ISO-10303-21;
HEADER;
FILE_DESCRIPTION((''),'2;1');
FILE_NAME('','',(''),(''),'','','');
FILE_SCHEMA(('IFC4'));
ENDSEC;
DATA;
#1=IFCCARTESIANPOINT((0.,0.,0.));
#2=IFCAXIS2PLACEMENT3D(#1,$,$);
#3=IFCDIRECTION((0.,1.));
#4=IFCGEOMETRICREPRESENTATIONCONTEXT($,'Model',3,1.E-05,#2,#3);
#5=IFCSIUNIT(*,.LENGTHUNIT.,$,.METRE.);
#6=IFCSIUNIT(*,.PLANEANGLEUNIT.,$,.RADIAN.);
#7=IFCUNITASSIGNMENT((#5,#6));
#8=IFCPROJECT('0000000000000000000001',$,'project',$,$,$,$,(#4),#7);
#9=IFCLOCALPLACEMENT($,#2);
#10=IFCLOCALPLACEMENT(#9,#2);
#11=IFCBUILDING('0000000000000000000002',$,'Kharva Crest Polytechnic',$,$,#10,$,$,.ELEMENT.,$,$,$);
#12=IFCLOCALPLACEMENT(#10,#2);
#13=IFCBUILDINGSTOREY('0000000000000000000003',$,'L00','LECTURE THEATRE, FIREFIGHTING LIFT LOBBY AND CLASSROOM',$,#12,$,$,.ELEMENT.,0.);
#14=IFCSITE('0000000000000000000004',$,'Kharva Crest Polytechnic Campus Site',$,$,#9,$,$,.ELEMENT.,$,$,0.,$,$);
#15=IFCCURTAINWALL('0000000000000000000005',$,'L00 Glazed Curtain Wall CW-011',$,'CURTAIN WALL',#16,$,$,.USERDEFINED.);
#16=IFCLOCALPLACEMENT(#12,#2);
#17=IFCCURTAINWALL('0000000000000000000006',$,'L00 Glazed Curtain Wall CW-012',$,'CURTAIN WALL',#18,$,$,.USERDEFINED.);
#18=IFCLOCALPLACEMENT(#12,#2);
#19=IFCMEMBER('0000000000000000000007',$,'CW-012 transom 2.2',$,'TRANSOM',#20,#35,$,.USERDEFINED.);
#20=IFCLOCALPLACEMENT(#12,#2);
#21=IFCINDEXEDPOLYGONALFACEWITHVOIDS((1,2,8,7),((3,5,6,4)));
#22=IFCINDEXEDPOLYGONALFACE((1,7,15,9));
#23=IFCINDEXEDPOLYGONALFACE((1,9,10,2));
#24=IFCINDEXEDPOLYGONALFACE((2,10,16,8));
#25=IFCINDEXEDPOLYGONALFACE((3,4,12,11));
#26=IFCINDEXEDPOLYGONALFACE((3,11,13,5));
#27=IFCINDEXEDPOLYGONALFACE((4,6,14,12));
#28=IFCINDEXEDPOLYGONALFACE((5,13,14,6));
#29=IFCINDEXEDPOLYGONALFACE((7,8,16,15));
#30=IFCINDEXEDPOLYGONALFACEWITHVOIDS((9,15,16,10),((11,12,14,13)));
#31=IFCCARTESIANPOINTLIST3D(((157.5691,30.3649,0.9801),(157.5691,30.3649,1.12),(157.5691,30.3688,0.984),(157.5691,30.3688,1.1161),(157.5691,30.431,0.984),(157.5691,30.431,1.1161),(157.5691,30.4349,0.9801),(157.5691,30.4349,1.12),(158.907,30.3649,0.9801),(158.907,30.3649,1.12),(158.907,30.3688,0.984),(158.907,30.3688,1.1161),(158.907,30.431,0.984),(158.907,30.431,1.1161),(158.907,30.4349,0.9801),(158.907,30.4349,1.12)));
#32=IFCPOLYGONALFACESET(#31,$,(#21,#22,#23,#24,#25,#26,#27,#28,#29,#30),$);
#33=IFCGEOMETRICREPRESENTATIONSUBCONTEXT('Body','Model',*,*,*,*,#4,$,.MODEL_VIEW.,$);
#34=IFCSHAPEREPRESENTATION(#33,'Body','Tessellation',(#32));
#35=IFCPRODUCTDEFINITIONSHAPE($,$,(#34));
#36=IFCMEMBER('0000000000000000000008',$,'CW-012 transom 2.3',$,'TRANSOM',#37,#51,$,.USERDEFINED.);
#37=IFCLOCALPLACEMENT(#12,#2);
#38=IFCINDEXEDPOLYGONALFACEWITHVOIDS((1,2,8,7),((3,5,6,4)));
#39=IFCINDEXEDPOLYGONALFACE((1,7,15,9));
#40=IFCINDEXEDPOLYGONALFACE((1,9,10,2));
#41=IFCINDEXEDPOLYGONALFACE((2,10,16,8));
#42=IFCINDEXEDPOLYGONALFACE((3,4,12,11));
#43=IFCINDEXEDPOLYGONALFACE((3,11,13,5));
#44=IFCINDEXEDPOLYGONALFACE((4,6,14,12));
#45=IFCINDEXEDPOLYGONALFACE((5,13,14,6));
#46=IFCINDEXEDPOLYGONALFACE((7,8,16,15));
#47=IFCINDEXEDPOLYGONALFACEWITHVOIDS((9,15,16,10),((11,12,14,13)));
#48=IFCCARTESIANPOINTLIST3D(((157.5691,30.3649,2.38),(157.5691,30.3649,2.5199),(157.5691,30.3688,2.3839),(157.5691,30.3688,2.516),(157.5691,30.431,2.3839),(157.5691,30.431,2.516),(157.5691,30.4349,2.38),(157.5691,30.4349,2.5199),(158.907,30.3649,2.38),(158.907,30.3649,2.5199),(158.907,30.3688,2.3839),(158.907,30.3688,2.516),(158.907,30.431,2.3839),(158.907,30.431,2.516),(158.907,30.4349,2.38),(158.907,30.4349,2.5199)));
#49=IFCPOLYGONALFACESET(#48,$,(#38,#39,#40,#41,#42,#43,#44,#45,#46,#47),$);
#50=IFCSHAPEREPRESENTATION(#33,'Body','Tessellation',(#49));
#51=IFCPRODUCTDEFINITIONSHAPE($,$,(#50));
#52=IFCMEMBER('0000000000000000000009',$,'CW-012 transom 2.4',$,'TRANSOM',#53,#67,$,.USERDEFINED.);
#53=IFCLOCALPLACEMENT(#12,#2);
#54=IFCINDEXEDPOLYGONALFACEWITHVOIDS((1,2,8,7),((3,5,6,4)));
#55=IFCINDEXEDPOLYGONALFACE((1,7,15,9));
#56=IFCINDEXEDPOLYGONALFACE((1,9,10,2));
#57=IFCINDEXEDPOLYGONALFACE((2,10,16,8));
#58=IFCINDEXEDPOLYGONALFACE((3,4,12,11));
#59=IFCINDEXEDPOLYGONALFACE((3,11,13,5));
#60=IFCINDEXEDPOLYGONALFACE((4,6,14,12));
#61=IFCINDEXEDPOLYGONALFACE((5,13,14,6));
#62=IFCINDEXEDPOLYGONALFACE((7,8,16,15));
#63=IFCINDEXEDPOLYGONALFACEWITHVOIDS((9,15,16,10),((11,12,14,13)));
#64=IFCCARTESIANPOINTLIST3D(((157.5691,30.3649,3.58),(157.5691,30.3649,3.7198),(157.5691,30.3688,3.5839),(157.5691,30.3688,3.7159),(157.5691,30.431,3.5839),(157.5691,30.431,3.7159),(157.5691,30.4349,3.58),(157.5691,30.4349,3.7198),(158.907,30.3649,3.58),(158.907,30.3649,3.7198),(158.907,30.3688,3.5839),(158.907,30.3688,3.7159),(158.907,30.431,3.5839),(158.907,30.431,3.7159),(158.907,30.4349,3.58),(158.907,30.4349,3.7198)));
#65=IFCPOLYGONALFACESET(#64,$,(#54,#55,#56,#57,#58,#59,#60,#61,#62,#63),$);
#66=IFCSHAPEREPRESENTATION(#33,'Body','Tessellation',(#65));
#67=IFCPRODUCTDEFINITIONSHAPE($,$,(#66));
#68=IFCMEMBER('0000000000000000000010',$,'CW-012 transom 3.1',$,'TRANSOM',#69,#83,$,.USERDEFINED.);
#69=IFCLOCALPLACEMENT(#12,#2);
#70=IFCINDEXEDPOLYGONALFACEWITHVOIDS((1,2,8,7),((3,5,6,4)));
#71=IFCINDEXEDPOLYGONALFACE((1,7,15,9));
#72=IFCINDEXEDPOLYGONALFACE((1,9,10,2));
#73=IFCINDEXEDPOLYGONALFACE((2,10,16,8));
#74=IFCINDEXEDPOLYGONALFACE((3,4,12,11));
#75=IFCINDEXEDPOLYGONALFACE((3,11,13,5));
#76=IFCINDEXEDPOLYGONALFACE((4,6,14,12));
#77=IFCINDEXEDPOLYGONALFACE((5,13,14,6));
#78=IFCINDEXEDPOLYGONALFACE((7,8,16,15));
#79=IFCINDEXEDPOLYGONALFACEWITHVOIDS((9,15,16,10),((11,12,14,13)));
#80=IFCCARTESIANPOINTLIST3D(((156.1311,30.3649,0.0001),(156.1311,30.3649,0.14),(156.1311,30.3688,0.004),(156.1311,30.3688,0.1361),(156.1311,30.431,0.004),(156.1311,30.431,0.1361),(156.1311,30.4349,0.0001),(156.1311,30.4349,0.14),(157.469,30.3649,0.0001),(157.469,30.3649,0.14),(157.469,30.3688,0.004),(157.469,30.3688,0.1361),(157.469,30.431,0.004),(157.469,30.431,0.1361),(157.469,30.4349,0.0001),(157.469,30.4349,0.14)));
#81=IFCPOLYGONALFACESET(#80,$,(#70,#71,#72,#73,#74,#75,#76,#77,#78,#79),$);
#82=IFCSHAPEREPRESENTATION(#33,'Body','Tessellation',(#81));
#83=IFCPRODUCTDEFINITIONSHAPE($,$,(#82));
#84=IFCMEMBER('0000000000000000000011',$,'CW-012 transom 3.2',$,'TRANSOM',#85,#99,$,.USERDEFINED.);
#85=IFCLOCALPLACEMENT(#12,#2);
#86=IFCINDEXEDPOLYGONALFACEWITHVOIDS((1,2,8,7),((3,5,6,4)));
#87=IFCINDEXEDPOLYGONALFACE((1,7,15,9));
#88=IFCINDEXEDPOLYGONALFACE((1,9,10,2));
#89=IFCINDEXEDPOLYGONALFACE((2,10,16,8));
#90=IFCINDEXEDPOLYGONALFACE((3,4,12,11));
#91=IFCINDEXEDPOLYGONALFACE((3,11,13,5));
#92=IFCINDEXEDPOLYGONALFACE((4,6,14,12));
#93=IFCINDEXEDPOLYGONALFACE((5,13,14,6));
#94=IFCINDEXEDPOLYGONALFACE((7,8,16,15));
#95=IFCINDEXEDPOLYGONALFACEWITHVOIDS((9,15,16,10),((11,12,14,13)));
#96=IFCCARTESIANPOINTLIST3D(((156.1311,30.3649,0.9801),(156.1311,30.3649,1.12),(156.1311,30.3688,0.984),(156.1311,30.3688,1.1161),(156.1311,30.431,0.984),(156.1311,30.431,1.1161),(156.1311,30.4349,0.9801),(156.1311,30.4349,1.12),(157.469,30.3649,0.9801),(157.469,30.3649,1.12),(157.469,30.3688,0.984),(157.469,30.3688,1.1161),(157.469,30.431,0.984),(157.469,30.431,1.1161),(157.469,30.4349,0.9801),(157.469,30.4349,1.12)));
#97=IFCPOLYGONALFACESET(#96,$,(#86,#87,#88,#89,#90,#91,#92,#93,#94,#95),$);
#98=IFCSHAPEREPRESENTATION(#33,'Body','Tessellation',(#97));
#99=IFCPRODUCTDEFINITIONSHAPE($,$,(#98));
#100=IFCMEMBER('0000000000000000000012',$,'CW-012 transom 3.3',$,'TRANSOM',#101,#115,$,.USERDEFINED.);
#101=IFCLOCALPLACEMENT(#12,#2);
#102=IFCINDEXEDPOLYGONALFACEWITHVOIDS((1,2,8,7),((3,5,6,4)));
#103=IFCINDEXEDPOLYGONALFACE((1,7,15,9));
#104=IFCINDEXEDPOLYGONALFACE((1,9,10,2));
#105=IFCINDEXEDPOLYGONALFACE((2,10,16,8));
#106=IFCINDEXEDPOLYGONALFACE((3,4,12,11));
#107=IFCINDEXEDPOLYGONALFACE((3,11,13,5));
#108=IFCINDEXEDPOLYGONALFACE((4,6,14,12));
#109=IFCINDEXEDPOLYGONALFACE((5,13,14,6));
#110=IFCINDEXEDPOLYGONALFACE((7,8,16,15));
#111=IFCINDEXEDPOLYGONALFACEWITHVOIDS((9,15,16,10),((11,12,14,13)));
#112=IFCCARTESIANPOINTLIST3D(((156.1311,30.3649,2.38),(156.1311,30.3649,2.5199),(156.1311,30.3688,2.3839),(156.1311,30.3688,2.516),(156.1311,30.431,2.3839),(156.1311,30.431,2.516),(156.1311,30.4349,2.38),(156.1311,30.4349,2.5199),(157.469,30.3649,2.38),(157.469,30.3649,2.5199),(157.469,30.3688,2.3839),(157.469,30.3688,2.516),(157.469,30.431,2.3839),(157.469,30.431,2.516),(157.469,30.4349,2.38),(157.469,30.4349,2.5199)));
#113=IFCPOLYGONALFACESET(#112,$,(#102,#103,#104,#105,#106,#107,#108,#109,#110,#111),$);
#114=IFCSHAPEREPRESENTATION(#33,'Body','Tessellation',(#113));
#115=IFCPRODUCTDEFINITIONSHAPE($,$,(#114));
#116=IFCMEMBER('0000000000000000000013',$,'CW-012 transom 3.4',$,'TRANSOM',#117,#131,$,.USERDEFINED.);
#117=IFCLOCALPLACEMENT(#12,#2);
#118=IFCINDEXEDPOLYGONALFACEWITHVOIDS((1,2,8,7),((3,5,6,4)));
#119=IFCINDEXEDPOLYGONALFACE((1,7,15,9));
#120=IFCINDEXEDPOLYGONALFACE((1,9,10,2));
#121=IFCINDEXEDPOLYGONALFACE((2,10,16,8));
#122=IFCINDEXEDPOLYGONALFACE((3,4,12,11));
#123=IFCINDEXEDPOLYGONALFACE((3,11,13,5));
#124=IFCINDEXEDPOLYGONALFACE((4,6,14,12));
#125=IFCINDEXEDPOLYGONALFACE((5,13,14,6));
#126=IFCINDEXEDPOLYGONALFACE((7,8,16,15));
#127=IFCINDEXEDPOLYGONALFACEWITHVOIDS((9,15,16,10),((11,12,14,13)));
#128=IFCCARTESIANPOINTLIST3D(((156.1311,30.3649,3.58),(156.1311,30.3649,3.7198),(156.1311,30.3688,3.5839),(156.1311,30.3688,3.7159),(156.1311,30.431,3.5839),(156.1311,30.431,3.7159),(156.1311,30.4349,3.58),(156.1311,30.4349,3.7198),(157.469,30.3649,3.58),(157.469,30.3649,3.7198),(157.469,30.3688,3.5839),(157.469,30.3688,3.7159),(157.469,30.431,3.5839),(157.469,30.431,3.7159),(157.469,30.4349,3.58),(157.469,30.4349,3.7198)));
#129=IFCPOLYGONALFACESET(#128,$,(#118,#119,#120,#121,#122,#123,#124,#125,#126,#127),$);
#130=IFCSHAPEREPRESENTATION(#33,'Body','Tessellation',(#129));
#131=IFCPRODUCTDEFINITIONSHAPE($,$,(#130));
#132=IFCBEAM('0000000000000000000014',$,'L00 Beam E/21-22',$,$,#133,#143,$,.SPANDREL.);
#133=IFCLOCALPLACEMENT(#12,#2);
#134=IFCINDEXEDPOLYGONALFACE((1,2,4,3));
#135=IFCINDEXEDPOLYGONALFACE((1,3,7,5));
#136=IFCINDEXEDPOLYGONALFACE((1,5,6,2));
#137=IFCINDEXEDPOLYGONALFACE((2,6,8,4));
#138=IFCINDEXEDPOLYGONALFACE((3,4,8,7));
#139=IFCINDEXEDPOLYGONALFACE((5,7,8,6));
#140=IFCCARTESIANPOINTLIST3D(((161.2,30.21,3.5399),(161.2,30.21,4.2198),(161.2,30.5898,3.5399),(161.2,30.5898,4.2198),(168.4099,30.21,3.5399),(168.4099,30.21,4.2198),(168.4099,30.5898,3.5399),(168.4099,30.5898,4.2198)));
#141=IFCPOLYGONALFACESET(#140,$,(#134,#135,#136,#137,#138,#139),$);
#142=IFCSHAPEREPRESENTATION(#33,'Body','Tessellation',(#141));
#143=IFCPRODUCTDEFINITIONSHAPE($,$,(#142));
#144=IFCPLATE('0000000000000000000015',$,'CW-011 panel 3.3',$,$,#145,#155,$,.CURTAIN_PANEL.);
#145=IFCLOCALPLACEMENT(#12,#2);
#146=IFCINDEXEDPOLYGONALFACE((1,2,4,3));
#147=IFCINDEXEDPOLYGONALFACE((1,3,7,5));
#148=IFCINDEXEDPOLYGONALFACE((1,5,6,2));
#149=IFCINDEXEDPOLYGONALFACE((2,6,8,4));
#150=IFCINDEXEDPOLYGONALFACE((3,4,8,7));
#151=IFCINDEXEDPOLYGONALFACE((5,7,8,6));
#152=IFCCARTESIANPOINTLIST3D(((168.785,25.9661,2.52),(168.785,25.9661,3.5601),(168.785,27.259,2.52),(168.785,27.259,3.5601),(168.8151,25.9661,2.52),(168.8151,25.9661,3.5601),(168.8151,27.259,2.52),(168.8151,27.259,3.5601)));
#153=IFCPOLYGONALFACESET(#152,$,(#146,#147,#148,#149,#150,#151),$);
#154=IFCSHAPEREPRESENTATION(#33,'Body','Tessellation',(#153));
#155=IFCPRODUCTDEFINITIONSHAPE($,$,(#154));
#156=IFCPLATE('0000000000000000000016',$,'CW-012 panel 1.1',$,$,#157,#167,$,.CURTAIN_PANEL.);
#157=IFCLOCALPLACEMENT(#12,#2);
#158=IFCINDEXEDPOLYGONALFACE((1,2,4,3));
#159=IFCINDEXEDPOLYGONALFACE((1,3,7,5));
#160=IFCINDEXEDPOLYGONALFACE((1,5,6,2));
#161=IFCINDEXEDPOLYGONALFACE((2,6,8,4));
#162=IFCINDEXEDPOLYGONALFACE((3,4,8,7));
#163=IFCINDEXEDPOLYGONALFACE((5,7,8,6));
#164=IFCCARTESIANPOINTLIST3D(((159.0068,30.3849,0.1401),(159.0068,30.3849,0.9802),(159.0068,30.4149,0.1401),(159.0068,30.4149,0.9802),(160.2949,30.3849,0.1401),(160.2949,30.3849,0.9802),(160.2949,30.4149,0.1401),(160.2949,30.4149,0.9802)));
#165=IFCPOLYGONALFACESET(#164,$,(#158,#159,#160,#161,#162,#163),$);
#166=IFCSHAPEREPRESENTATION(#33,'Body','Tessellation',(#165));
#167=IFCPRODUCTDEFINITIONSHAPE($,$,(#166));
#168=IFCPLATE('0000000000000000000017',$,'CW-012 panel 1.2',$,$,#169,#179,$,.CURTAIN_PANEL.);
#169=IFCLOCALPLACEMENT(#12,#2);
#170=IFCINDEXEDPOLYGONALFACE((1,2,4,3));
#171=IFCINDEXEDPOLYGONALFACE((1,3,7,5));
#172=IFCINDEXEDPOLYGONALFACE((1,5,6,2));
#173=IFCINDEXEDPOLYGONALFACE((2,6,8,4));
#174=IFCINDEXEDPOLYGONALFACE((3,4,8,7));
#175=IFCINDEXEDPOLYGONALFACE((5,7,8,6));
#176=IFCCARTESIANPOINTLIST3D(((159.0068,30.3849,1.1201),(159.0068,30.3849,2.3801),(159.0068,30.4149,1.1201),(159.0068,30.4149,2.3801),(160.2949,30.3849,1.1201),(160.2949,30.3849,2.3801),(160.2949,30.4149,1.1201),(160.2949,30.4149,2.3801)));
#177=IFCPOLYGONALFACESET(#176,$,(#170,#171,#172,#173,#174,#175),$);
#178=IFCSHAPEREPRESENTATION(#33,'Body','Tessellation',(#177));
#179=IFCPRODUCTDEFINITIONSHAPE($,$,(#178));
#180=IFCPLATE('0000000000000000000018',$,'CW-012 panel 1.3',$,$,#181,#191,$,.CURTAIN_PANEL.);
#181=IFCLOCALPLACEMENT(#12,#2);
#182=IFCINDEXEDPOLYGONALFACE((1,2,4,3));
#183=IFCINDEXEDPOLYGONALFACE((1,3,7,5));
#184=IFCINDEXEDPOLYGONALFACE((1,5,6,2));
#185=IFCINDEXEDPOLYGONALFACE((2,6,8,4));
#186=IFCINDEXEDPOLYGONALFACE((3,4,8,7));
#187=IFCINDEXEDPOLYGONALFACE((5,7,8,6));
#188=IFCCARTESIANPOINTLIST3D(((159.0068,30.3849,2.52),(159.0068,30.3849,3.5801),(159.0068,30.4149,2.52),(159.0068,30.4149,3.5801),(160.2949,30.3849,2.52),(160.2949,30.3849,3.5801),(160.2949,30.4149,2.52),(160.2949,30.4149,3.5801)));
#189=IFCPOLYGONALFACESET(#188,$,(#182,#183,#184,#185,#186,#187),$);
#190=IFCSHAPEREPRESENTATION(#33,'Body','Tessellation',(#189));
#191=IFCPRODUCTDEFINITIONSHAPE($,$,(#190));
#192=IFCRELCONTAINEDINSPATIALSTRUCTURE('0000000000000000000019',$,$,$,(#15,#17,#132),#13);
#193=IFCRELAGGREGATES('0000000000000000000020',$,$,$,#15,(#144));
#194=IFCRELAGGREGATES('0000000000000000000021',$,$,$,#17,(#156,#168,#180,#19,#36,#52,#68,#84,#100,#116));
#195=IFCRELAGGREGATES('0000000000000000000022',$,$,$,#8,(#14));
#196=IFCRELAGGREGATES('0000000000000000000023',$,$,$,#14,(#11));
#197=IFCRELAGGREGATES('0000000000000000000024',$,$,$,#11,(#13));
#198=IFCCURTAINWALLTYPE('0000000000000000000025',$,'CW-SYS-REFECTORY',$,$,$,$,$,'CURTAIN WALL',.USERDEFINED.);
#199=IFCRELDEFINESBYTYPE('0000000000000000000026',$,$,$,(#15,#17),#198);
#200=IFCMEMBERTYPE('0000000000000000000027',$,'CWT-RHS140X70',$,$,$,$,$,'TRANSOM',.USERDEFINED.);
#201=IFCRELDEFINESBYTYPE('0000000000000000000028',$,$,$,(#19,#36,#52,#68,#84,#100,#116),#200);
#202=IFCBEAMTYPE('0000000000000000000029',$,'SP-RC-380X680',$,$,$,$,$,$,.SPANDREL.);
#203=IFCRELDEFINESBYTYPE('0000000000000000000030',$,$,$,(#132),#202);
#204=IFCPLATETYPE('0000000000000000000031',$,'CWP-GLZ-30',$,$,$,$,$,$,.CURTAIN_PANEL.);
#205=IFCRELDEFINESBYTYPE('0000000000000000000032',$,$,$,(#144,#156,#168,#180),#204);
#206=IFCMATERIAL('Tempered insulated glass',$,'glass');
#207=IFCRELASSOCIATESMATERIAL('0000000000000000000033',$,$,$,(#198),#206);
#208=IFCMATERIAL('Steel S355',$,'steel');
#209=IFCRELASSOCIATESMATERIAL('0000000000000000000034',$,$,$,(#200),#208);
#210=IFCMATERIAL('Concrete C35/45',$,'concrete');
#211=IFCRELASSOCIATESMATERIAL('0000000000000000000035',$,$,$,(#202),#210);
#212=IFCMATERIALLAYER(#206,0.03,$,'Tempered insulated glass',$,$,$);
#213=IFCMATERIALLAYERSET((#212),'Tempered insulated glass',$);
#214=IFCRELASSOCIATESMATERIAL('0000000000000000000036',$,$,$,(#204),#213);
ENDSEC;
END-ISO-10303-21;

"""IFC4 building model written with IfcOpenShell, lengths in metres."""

from ifc_helpers import new_model, si_unit, direction, frame, origin, origin_2d, place, context, subcontext, project, spatial, rectangle, hollow_rectangle, extrude, material, layer, layer_set, material_profile, profile_set, type_object, element, aggregate, save


model = new_model("IFC4")

# Units and contexts
model_context = context("Model", 3, precision=1e-05, world=origin(), true_north=direction((0.0, 1.0)))
body_context = subcontext(model_context, "Body", "Model", "MODEL_VIEW")
ifc_project = project(units=[si_unit("LENGTHUNIT", "METRE"), si_unit("PLANEANGLEUNIT", "RADIAN")], contexts=[model_context])

# Site, building, storey
site_placement = place(None, origin())
site = spatial("IfcSite", under=ifc_project, at=site_placement, Name="Kharva Crest Polytechnic Campus Site", CompositionType="ELEMENT", RefElevation=0.0)
building_placement = place(site_placement, origin())
building = spatial("IfcBuilding", under=site, at=building_placement, Name="Kharva Crest Polytechnic", CompositionType="ELEMENT")
storey_placement = place(building_placement, origin())
storey = spatial("IfcBuildingStorey", under=building, at=storey_placement, Name="L00", Description="LECTURE THEATRE, FIREFIGHTING LIFT LOBBY AND CLASSROOM", CompositionType="ELEMENT", Elevation=0.0)

# Curtain wall
ifc_material_1 = material(Name="Tempered insulated glass", Category="glass")
curtain_wall_type = type_object("IfcCurtainWallType", Name="CW-SYS-REFECTORY", ElementType="CURTAIN WALL", PredefinedType="USERDEFINED", material=ifc_material_1)
curtain_wall_1_placement = place(storey_placement, origin())
curtain_wall_1 = element("IfcCurtainWall", 1, at=curtain_wall_1_placement, inside=storey, type_object=curtain_wall_type, Name="L00 Glazed Curtain Wall CW-011", ObjectType="CURTAIN WALL", PredefinedType="USERDEFINED")
ifc_material_2 = material(Name="Steel S355", Category="steel")

# Curtain wall
curtain_wall_2_placement = place(storey_placement, origin())
curtain_wall_2 = element("IfcCurtainWall", 2, at=curtain_wall_2_placement, inside=storey, type_object=curtain_wall_type, Name="L00 Glazed Curtain Wall CW-012", ObjectType="CURTAIN WALL", PredefinedType="USERDEFINED")

# Members
ifc_material_profile_1 = material_profile(ifc_material_2, hollow_rectangle(XDim=0.0701, YDim=0.1399, WallThickness=0.0039, at=origin_2d()), Name="RHS 140X70X4.0")
ifc_profile_set_1 = profile_set([ifc_material_profile_1], Name="Steel S355")
member_type_1 = type_object("IfcMemberType", Name="CWT-RHS140X70", ElementType="TRANSOM", PredefinedType="USERDEFINED", material=ifc_profile_set_1)
member_1_placement = place(storey_placement, frame((158.907, 30.3999, 1.05), z_axis=(-1.0, 0.0, 0.0), x_axis=(0.0, -1.0, 0.0)))
member_1 = element("IfcMember", 3, at=member_1_placement, type_object=member_type_1, Name="CW-012 transom 2.2", ObjectType="TRANSOM", PredefinedType="USERDEFINED", context=body_context, shape_type="SweptSolid", body=[
    extrude(hollow_rectangle(XDim=0.0701, YDim=0.1399, WallThickness=0.0039, at=origin_2d()), origin(), (0.0, 0.0, 1.0), 1.3379),
])
member_2_placement = place(storey_placement, frame((158.907, 30.3999, 2.45), z_axis=(-1.0, 0.0, 0.0), x_axis=(0.0, -1.0, 0.0)))
member_2 = element("IfcMember", 4, at=member_2_placement, type_object=member_type_1, Name="CW-012 transom 2.3", ObjectType="TRANSOM", PredefinedType="USERDEFINED", context=body_context, shape_type="SweptSolid", body=[
    extrude(hollow_rectangle(XDim=0.0701, YDim=0.1399, WallThickness=0.0039, at=origin_2d()), origin(), (0.0, 0.0, 1.0), 1.3379),
])
member_3_placement = place(storey_placement, frame((158.907, 30.3999, 3.6499), z_axis=(-1.0, 0.0, 0.0), x_axis=(0.0, -1.0, 0.0)))
member_3 = element("IfcMember", 5, at=member_3_placement, type_object=member_type_1, Name="CW-012 transom 2.4", ObjectType="TRANSOM", PredefinedType="USERDEFINED", context=body_context, shape_type="SweptSolid", body=[
    extrude(hollow_rectangle(XDim=0.0701, YDim=0.1399, WallThickness=0.0039, at=origin_2d()), origin(), (0.0, 0.0, 1.0), 1.3379),
])
member_4_placement = place(storey_placement, frame((157.469, 30.3999, 0.0701), z_axis=(-1.0, 0.0, 0.0), x_axis=(0.0, -1.0, 0.0)))
member_4 = element("IfcMember", 6, at=member_4_placement, type_object=member_type_1, Name="CW-012 transom 3.1", ObjectType="TRANSOM", PredefinedType="USERDEFINED", context=body_context, shape_type="SweptSolid", body=[
    extrude(hollow_rectangle(XDim=0.0701, YDim=0.1399, WallThickness=0.0039, at=origin_2d()), origin(), (0.0, 0.0, 1.0), 1.3379),
])
member_5_placement = place(storey_placement, frame((157.469, 30.3999, 1.05), z_axis=(-1.0, 0.0, 0.0), x_axis=(0.0, -1.0, 0.0)))
member_5 = element("IfcMember", 7, at=member_5_placement, type_object=member_type_1, Name="CW-012 transom 3.2", ObjectType="TRANSOM", PredefinedType="USERDEFINED", context=body_context, shape_type="SweptSolid", body=[
    extrude(hollow_rectangle(XDim=0.0701, YDim=0.1399, WallThickness=0.0039, at=origin_2d()), origin(), (0.0, 0.0, 1.0), 1.3379),
])
member_6_placement = place(storey_placement, frame((157.469, 30.3999, 2.45), z_axis=(-1.0, 0.0, 0.0), x_axis=(0.0, -1.0, 0.0)))
member_6 = element("IfcMember", 8, at=member_6_placement, type_object=member_type_1, Name="CW-012 transom 3.3", ObjectType="TRANSOM", PredefinedType="USERDEFINED", context=body_context, shape_type="SweptSolid", body=[
    extrude(hollow_rectangle(XDim=0.0701, YDim=0.1399, WallThickness=0.0039, at=origin_2d()), origin(), (0.0, 0.0, 1.0), 1.3379),
])
member_7_placement = place(storey_placement, frame((157.469, 30.3999, 3.6499), z_axis=(-1.0, 0.0, 0.0), x_axis=(0.0, -1.0, 0.0)))
member_7 = element("IfcMember", 9, at=member_7_placement, type_object=member_type_1, Name="CW-012 transom 3.4", ObjectType="TRANSOM", PredefinedType="USERDEFINED", context=body_context, shape_type="SweptSolid", body=[
    extrude(hollow_rectangle(XDim=0.0701, YDim=0.1399, WallThickness=0.0039, at=origin_2d()), origin(), (0.0, 0.0, 1.0), 1.3379),
])

# Beam
ifc_material_3 = material(Name="Concrete C35/45", Category="concrete")
ifc_material_profile_2 = material_profile(ifc_material_3, rectangle(XDim=0.3799, YDim=0.6799, at=origin_2d()), Name="RECT 380 X 680")
ifc_profile_set_2 = profile_set([ifc_material_profile_2], Name="Concrete C35/45")
beam_type = type_object("IfcBeamType", Name="SP-RC-380X680", PredefinedType="SPANDREL", material=ifc_profile_set_2)
beam_placement = place(storey_placement, frame((161.2, 30.3999, 3.8799), z_axis=(1.0, 0.0, 0.0), x_axis=(0.0, 1.0, 0.0)))
element("IfcBeam", 10, at=beam_placement, inside=storey, type_object=beam_type, Name="L00 Beam E/21-22", PredefinedType="SPANDREL", context=body_context, shape_type="SweptSolid", body=[
    extrude(rectangle(XDim=0.3799, YDim=0.6799, at=origin_2d()), origin(), (0.0, 0.0, 1.0), 7.21),
])

# Plates
ifc_layer_1 = layer(ifc_material_1, 0.03, Name="Tempered insulated glass")
ifc_layer_set_1 = layer_set([ifc_layer_1], Name="Tempered insulated glass")
plate_type = type_object("IfcPlateType", Name="CWP-GLZ-30", PredefinedType="CURTAIN_PANEL", material=ifc_layer_set_1)
plate_1_placement = place(storey_placement, frame((168.8, 26.6125, 2.52), z_axis=(0.0, 0.0, 1.0), x_axis=(0.0, 1.0, 0.0)))
plate_1 = element("IfcPlate", 11, at=plate_1_placement, type_object=plate_type, Name="CW-011 panel 3.3", PredefinedType="CURTAIN_PANEL", context=body_context, shape_type="SweptSolid", body=[
    extrude(rectangle(XDim=1.293, YDim=0.03, at=origin_2d()), origin(), (0.0, 0.0, 1.0), 1.04),
])
aggregate(curtain_wall_1, [plate_1])
plate_2_placement = place(storey_placement, frame((159.6509, 30.3999, 0.1401), z_axis=(0.0, 0.0, 1.0), x_axis=(-1.0, 0.0, 0.0)))
plate_2 = element("IfcPlate", 12, at=plate_2_placement, type_object=plate_type, Name="CW-012 panel 1.1", PredefinedType="CURTAIN_PANEL", context=body_context, shape_type="SweptSolid", body=[
    extrude(rectangle(XDim=1.2881, YDim=0.03, at=origin_2d()), origin(), (0.0, 0.0, 1.0), 0.8401),
])
plate_3_placement = place(storey_placement, frame((159.6509, 30.3999, 1.1201), z_axis=(0.0, 0.0, 1.0), x_axis=(-1.0, 0.0, 0.0)))
plate_3 = element("IfcPlate", 13, at=plate_3_placement, type_object=plate_type, Name="CW-012 panel 1.2", PredefinedType="CURTAIN_PANEL", context=body_context, shape_type="SweptSolid", body=[
    extrude(rectangle(XDim=1.2881, YDim=0.03, at=origin_2d()), origin(), (0.0, 0.0, 1.0), 1.26),
])
plate_4_placement = place(storey_placement, frame((159.6509, 30.3999, 2.52), z_axis=(0.0, 0.0, 1.0), x_axis=(-1.0, 0.0, 0.0)))
plate_4 = element("IfcPlate", 14, at=plate_4_placement, type_object=plate_type, Name="CW-012 panel 1.3", PredefinedType="CURTAIN_PANEL", context=body_context, shape_type="SweptSolid", body=[
    extrude(rectangle(XDim=1.2881, YDim=0.03, at=origin_2d()), origin(), (0.0, 0.0, 1.0), 1.0601),
])
aggregate(curtain_wall_2, [plate_2, plate_3, plate_4, member_1, member_2, member_3, member_4, member_5, member_6, member_7])

save(model, "model.ifc")
